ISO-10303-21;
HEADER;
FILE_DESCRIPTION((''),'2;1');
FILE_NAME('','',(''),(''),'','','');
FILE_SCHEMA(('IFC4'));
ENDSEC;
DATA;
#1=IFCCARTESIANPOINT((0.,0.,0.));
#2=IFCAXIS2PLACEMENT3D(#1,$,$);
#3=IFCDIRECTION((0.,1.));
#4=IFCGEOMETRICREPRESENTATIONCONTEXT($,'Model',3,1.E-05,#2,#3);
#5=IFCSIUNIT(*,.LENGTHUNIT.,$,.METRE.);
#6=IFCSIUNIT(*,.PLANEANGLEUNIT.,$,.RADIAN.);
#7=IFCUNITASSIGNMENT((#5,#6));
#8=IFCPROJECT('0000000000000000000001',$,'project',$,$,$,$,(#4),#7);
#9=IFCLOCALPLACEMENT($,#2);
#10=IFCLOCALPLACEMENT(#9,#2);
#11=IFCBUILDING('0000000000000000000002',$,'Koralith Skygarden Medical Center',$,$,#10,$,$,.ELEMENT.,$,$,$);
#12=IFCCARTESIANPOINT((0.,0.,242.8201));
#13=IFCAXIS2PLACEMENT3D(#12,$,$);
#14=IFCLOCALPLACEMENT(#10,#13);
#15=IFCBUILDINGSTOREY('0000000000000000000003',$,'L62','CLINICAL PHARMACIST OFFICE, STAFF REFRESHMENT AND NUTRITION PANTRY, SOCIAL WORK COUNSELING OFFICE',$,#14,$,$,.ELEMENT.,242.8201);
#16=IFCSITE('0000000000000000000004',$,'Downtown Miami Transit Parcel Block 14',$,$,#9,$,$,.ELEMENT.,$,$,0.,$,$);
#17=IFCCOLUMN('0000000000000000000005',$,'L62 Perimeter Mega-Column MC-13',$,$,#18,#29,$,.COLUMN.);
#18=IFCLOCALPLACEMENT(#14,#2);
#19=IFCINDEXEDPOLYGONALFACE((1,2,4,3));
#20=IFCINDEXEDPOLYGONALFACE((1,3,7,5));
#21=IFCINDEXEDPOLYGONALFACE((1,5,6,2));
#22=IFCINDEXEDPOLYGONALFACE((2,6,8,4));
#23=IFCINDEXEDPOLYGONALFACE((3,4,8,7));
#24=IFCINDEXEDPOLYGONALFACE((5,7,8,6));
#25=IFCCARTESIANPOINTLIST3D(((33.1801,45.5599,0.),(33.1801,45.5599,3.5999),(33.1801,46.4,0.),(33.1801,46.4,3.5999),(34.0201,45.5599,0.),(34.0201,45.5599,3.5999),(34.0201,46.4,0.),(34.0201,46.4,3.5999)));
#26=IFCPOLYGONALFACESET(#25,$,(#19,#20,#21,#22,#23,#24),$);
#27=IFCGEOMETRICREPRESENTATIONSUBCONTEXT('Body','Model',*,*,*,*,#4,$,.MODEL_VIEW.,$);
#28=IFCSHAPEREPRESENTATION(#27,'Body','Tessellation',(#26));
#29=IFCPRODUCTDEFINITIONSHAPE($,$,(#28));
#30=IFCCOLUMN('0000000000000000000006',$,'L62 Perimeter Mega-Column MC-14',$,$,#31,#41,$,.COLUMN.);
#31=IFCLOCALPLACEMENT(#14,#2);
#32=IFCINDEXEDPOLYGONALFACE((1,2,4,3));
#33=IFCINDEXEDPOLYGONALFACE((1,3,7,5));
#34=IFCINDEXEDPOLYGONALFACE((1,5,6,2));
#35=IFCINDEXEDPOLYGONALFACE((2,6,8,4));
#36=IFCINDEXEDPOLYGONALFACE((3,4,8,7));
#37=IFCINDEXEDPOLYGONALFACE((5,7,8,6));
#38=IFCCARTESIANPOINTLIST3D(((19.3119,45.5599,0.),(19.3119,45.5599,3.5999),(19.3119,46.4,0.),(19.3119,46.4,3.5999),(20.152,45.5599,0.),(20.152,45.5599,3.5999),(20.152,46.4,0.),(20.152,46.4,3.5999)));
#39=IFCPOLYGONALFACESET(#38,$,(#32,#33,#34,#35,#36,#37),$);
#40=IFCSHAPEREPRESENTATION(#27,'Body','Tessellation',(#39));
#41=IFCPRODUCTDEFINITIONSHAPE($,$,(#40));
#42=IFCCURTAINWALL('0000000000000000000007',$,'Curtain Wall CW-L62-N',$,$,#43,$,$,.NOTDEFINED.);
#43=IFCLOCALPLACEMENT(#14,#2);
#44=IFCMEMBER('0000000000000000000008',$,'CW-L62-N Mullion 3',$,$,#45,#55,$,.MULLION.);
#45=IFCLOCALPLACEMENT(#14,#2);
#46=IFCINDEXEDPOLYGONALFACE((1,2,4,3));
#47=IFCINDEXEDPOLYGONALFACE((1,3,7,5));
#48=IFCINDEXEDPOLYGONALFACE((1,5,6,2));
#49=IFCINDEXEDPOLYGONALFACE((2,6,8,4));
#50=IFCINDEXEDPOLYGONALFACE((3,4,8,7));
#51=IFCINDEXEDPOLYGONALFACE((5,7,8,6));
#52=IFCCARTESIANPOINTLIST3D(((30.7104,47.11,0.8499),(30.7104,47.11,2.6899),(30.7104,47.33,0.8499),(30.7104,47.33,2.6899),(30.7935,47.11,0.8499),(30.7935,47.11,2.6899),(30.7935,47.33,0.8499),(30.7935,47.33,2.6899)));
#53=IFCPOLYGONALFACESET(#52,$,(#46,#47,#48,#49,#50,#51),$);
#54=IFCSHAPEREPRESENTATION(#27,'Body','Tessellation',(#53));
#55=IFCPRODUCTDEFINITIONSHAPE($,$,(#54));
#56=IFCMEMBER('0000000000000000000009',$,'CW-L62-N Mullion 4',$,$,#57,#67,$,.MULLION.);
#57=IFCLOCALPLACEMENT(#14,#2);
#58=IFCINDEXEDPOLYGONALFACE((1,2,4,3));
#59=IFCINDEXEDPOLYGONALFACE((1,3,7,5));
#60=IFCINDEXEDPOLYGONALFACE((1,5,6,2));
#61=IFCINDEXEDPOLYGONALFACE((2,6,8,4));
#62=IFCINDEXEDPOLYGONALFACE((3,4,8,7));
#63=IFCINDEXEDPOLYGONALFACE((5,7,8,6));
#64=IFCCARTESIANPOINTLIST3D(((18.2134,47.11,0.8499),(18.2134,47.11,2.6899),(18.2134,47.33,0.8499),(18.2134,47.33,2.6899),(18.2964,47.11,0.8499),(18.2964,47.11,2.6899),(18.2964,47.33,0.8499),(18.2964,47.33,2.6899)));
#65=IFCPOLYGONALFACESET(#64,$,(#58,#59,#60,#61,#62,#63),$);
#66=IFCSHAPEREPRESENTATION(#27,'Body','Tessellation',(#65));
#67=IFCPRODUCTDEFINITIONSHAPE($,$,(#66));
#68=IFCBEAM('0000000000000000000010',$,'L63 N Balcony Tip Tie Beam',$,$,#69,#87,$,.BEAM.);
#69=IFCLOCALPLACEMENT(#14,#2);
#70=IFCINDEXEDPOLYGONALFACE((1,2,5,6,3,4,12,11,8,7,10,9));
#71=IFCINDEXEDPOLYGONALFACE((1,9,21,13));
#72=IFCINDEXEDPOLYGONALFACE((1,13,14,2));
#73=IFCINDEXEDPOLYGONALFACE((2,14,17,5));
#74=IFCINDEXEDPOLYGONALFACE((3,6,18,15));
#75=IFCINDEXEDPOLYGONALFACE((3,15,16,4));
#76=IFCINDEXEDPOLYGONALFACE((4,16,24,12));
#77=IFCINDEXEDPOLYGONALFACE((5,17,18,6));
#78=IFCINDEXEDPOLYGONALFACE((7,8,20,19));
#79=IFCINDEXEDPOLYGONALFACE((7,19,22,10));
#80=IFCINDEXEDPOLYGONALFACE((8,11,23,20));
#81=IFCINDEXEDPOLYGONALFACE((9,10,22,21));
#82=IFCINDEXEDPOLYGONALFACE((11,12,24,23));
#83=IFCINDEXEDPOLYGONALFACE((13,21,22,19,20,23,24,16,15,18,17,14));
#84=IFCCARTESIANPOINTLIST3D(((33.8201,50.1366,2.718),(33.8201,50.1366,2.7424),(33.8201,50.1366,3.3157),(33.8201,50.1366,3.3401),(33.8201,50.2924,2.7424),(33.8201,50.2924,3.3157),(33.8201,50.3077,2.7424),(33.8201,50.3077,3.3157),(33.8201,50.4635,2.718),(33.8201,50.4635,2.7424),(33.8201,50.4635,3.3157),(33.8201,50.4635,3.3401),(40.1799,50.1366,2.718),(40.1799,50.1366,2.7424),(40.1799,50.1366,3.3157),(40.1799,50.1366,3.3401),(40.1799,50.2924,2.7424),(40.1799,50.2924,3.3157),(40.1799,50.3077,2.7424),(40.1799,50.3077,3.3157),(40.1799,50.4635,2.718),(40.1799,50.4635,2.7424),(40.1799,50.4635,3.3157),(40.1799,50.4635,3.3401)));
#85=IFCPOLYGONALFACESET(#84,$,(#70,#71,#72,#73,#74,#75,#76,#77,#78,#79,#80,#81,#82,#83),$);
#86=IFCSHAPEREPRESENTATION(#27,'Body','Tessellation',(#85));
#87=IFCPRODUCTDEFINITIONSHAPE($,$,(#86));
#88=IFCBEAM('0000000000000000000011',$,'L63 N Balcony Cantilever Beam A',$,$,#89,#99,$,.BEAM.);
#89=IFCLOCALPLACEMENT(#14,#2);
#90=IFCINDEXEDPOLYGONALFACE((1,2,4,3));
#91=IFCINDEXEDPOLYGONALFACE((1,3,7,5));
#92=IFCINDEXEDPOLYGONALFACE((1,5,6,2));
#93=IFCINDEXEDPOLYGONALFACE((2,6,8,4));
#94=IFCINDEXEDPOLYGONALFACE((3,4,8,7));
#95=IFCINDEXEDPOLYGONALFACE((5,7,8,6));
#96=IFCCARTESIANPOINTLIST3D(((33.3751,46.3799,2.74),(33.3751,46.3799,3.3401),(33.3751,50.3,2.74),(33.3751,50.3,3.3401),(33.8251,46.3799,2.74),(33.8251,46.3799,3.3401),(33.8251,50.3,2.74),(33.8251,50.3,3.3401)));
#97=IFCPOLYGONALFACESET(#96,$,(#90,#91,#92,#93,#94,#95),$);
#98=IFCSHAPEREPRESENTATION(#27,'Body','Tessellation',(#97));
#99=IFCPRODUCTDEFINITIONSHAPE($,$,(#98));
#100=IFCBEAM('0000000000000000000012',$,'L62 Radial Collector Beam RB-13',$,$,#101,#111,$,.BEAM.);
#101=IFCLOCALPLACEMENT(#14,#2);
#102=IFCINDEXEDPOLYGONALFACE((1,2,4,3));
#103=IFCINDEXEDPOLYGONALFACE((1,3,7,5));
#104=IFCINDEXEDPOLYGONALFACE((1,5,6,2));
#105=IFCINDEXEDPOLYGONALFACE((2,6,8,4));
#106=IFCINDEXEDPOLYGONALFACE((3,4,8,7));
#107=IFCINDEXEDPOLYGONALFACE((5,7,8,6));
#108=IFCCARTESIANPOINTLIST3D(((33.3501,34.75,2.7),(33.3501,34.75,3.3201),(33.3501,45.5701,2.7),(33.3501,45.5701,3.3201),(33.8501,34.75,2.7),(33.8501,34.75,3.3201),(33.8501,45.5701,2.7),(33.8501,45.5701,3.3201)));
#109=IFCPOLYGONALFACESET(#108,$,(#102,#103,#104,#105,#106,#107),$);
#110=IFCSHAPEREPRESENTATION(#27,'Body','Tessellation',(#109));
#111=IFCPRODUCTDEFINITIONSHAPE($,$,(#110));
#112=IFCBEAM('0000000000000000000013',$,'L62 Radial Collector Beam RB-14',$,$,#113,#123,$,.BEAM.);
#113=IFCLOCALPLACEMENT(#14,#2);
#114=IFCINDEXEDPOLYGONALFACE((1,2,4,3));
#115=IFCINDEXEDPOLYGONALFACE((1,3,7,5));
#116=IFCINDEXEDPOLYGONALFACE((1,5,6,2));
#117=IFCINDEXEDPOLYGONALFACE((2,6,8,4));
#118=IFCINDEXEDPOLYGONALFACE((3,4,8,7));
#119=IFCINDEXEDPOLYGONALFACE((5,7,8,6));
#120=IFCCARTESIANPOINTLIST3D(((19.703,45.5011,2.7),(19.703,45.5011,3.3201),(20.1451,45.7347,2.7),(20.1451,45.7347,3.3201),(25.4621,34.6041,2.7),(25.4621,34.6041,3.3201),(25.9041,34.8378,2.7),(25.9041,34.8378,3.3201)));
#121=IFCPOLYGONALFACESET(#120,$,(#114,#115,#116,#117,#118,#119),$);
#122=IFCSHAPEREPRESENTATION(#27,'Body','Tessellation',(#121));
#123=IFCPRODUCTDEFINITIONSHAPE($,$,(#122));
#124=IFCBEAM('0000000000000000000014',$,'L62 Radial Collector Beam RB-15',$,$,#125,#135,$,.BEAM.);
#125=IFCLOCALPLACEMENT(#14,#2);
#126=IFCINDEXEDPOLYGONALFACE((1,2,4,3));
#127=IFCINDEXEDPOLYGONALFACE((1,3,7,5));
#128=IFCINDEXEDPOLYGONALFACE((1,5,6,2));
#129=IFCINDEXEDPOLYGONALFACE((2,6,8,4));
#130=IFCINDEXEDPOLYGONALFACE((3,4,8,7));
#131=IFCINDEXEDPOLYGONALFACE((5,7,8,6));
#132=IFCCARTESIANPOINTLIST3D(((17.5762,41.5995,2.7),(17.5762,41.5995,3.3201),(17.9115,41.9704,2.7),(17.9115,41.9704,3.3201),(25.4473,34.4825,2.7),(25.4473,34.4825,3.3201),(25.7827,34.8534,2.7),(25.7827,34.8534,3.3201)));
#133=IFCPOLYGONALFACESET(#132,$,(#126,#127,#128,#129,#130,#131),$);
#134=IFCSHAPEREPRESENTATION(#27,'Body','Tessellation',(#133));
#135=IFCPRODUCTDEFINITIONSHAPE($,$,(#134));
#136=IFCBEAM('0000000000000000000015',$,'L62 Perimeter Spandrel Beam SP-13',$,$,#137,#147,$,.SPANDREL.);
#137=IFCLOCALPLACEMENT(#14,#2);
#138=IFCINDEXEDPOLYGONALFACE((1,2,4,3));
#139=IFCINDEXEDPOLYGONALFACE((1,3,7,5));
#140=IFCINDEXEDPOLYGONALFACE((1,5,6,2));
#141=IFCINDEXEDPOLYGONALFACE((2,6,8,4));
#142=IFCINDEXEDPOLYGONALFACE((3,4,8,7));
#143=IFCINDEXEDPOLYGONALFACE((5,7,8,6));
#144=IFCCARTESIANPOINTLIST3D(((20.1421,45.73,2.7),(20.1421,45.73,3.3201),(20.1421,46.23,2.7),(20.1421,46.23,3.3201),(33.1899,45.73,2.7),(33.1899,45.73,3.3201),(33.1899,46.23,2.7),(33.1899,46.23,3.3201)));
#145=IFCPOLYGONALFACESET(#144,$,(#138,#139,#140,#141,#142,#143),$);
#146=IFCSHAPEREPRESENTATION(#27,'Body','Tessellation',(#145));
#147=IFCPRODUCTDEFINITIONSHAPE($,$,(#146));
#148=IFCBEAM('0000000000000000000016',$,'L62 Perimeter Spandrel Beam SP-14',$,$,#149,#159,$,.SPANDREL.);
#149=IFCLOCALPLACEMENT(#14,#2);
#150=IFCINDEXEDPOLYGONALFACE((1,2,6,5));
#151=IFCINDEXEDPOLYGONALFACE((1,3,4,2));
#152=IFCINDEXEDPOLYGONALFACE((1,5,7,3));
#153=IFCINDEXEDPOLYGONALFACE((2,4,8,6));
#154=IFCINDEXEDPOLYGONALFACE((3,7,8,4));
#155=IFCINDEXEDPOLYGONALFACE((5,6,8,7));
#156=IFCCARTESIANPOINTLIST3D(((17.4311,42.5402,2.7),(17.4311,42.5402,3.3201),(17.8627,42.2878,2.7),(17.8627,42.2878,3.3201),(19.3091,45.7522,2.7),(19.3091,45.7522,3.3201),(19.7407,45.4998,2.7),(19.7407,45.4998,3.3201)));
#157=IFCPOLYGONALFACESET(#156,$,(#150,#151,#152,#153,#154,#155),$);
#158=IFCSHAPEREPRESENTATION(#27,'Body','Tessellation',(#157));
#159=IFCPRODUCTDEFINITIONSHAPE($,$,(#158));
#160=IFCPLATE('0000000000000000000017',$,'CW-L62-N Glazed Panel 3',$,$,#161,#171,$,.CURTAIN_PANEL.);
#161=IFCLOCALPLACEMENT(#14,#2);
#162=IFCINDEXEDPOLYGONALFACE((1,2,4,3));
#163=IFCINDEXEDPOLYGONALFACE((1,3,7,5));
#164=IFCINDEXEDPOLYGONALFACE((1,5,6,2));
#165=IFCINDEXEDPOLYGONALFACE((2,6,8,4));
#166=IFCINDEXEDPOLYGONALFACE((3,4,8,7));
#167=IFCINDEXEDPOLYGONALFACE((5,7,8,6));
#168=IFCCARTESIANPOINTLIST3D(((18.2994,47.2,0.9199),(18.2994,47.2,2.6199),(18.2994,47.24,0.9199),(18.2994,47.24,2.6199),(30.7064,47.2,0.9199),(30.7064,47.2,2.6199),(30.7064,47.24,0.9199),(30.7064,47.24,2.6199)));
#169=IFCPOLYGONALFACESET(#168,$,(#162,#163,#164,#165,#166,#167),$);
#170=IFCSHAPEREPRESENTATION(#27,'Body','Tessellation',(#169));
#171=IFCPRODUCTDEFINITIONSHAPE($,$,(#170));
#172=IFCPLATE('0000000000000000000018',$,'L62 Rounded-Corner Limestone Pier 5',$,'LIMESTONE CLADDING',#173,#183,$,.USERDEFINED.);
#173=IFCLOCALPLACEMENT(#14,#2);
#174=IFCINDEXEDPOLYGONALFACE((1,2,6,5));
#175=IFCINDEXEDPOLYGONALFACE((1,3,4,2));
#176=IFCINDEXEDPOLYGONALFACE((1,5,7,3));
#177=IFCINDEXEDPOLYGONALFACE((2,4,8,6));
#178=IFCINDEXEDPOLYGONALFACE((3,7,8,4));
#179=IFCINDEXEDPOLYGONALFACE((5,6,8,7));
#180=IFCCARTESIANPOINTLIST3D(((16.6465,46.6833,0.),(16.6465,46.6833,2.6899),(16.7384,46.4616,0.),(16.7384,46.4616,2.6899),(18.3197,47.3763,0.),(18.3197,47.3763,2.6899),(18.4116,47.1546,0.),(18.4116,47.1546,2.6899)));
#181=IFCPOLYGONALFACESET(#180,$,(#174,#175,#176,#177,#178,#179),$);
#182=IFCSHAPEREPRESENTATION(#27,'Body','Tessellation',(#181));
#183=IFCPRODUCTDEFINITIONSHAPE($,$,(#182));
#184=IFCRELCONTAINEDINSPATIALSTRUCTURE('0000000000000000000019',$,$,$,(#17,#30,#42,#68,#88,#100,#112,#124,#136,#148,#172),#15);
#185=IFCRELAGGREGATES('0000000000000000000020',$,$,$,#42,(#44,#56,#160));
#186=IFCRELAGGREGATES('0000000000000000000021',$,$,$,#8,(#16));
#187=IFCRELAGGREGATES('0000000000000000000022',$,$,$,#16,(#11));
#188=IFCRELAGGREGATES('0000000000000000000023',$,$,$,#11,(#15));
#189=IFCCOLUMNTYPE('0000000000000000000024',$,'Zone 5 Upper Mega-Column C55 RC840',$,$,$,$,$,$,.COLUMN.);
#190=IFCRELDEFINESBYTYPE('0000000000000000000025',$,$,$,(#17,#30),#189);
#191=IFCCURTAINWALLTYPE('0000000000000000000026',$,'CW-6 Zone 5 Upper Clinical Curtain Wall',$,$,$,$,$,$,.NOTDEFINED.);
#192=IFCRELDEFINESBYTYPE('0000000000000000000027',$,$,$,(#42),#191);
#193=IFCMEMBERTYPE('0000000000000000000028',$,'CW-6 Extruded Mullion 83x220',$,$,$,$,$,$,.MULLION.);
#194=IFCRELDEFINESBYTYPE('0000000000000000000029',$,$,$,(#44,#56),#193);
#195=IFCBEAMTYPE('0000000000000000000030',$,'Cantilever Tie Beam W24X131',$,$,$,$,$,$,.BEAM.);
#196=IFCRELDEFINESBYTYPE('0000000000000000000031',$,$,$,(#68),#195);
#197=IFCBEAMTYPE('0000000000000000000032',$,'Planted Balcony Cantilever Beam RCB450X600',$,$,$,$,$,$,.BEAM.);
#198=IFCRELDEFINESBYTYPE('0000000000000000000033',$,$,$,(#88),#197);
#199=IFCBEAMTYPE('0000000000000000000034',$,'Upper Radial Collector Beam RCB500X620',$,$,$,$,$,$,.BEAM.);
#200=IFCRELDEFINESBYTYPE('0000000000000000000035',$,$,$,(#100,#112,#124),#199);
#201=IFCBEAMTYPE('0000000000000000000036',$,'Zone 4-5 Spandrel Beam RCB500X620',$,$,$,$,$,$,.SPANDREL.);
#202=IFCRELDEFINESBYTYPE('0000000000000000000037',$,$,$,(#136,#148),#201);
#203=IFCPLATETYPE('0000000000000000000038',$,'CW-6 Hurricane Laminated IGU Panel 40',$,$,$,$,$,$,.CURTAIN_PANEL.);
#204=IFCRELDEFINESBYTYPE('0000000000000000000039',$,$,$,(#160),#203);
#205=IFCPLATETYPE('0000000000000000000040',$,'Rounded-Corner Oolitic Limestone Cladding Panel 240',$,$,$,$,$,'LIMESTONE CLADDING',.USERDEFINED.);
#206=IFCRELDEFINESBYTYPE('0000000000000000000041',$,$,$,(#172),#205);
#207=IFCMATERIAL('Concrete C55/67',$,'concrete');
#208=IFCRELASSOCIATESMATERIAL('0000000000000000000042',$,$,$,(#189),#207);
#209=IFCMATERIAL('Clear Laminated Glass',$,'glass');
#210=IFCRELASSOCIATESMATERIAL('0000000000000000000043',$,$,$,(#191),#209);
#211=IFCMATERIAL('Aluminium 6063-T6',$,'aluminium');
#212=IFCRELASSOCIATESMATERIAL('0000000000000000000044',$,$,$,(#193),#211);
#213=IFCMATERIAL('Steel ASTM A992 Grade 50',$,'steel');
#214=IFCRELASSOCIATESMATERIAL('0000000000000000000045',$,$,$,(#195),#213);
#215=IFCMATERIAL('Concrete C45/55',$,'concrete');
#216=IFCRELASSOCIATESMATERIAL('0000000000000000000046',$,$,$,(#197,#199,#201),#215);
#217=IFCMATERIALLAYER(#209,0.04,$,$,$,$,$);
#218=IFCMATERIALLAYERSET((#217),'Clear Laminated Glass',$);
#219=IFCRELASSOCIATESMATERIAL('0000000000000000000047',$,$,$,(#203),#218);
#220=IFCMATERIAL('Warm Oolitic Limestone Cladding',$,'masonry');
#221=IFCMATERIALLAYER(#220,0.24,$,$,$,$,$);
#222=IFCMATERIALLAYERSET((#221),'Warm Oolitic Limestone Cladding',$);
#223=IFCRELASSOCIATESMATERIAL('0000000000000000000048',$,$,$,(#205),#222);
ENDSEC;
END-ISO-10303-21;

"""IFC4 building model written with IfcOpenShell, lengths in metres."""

from ifc_helpers import new_model, si_unit, direction, frame, origin, origin_2d, place, context, subcontext, project, spatial, rectangle, i_section, extrude, material, layer, layer_set, material_profile, profile_set, type_object, element, aggregate, save


model = new_model("IFC4")

# Units and contexts
model_context = context("Model", 3, precision=1e-05, world=origin(), true_north=direction((0.0, 1.0)))
body_context = subcontext(model_context, "Body", "Model", "MODEL_VIEW")
ifc_project = project(units=[si_unit("LENGTHUNIT", "METRE"), si_unit("PLANEANGLEUNIT", "RADIAN")], contexts=[model_context])

# Site, building, storey
site_placement = place(None, origin())
site = spatial("IfcSite", under=ifc_project, at=site_placement, Name="Downtown Miami Transit Parcel Block 14", CompositionType="ELEMENT", RefElevation=0.0)
building_placement = place(site_placement, origin())
building = spatial("IfcBuilding", under=site, at=building_placement, Name="Koralith Skygarden Medical Center", CompositionType="ELEMENT")
storey_placement = place(building_placement, frame((0.0, 0.0, 242.8201)))
storey = spatial("IfcBuildingStorey", under=building, at=storey_placement, Name="L62", Description="CLINICAL PHARMACIST OFFICE, STAFF REFRESHMENT AND NUTRITION PANTRY, SOCIAL WORK COUNSELING OFFICE", CompositionType="ELEMENT", Elevation=242.8201)

# Columns
ifc_material_1 = material(Name="Concrete C55/67", Category="concrete")
ifc_material_profile_1 = material_profile(ifc_material_1, rectangle(XDim=0.8401, YDim=0.8401, at=origin_2d()), Name="RC840X840")
ifc_profile_set_1 = profile_set([ifc_material_profile_1], Name="Concrete C55/67")
column_type = type_object("IfcColumnType", Name="Zone 5 Upper Mega-Column C55 RC840", PredefinedType="COLUMN", material=ifc_profile_set_1)
for number, where, z_axis, x_axis, name in (
    (1, (33.6001, 45.98, 0.0), (0.0, 0.0, 1.0), (1.0, 0.0, 0.0), "L62 Perimeter Mega-Column MC-13"),
    (2, (19.7319, 45.98, 0.0), (0.0, 0.0, 1.0), (1.0, 0.0, 0.0), "L62 Perimeter Mega-Column MC-14"),
):
    element("IfcColumn", number, at=place(storey_placement, frame(where, z_axis=z_axis, x_axis=x_axis)), inside=storey, type_object=column_type, Name=name, PredefinedType="COLUMN", context=body_context, shape_type="SweptSolid", body=[
        extrude(rectangle(XDim=0.8401, YDim=0.8401, at=origin_2d()), origin(), (0.0, 0.0, 1.0), 3.5999),
    ])

# Curtain wall, members
ifc_material_2 = material(Name="Clear Laminated Glass", Category="glass")
curtain_wall_type = type_object("IfcCurtainWallType", Name="CW-6 Zone 5 Upper Clinical Curtain Wall", PredefinedType="NOTDEFINED", material=ifc_material_2)
curtain_wall_placement = place(storey_placement, origin())
curtain_wall = element("IfcCurtainWall", 3, at=curtain_wall_placement, inside=storey, type_object=curtain_wall_type, Name="Curtain Wall CW-L62-N", PredefinedType="NOTDEFINED")
ifc_material_3 = material(Name="Aluminium 6063-T6", Category="aluminium")
ifc_material_profile_2 = material_profile(ifc_material_3, rectangle(XDim=0.083, YDim=0.22, at=origin_2d()), Name="MUL83X220")
ifc_profile_set_2 = profile_set([ifc_material_profile_2], Name="Aluminium 6063-T6")
member_type = type_object("IfcMemberType", Name="CW-6 Extruded Mullion 83x220", PredefinedType="MULLION", material=ifc_profile_set_2)
member_1_placement = place(storey_placement, frame((30.752, 47.22, 0.8499), z_axis=(0.0, 0.0, 1.0), x_axis=(1.0, 0.0, 0.0)))
member_1 = element("IfcMember", 4, at=member_1_placement, type_object=member_type, Name="CW-L62-N Mullion 3", PredefinedType="MULLION", context=body_context, shape_type="SweptSolid", body=[
    extrude(rectangle(XDim=0.083, YDim=0.22, at=origin_2d()), origin(), (0.0, 0.0, 1.0), 1.8401),
])
member_2_placement = place(storey_placement, frame((18.2549, 47.22, 0.8499), z_axis=(0.0, 0.0, 1.0), x_axis=(1.0, 0.0, 0.0)))
member_2 = element("IfcMember", 5, at=member_2_placement, type_object=member_type, Name="CW-L62-N Mullion 4", PredefinedType="MULLION", context=body_context, shape_type="SweptSolid", body=[
    extrude(rectangle(XDim=0.083, YDim=0.22, at=origin_2d()), origin(), (0.0, 0.0, 1.0), 1.8401),
])

# Beams
ifc_material_4 = material(Name="Steel ASTM A992 Grade 50", Category="steel")
ifc_material_profile_3 = material_profile(ifc_material_4, i_section(OverallWidth=0.3269, OverallDepth=0.6221, WebThickness=0.0154, FlangeThickness=0.0244, at=origin_2d()), Name="W24X131")
ifc_profile_set_3 = profile_set([ifc_material_profile_3], Name="Steel ASTM A992 Grade 50")
beam_type_1 = type_object("IfcBeamType", Name="Cantilever Tie Beam W24X131", PredefinedType="BEAM", material=ifc_profile_set_3)
beam_1_placement = place(storey_placement, frame((33.8201, 50.3, 3.0291), z_axis=(1.0, 0.0, 0.0), x_axis=(0.0, 1.0, 0.0)))
element("IfcBeam", 6, at=beam_1_placement, inside=storey, type_object=beam_type_1, Name="L63 N Balcony Tip Tie Beam", PredefinedType="BEAM", context=body_context, shape_type="SweptSolid", body=[
    extrude(i_section(OverallWidth=0.3269, OverallDepth=0.6221, WebThickness=0.0154, FlangeThickness=0.0244, at=origin_2d()), origin(), (0.0, 0.0, 1.0), 6.3599),
])
ifc_material_5 = material(Name="Concrete C45/55", Category="concrete")
ifc_material_profile_4 = material_profile(ifc_material_5, rectangle(XDim=0.45, YDim=0.6001, at=origin_2d()), Name="RCB450X600")
ifc_profile_set_4 = profile_set([ifc_material_profile_4], Name="Concrete C45/55")
beam_type_2 = type_object("IfcBeamType", Name="Planted Balcony Cantilever Beam RCB450X600", PredefinedType="BEAM", material=ifc_profile_set_4)
beam_2_placement = place(storey_placement, frame((33.6001, 46.3799, 3.04), z_axis=(0.0, 1.0, 0.0), x_axis=(-1.0, 0.0, 0.0)))
element("IfcBeam", 7, at=beam_2_placement, inside=storey, type_object=beam_type_2, Name="L63 N Balcony Cantilever Beam A", PredefinedType="BEAM", context=body_context, shape_type="SweptSolid", body=[
    extrude(rectangle(XDim=0.45, YDim=0.6001, at=origin_2d()), origin(), (0.0, 0.0, 1.0), 3.9202),
])
ifc_material_profile_5 = material_profile(ifc_material_5, rectangle(XDim=0.5, YDim=0.6201, at=origin_2d()), Name="RCB500X620")
ifc_profile_set_5 = profile_set([ifc_material_profile_5], Name="Concrete C45/55")
beam_type_3 = type_object("IfcBeamType", Name="Upper Radial Collector Beam RCB500X620", PredefinedType="BEAM", material=ifc_profile_set_5)
beam_3_placement = place(storey_placement, frame((33.6001, 34.75, 3.01), z_axis=(0.0, 1.0, 0.0), x_axis=(-1.0, 0.0, 0.0)))
element("IfcBeam", 8, at=beam_3_placement, inside=storey, type_object=beam_type_3, Name="L62 Radial Collector Beam RB-13", PredefinedType="BEAM", context=body_context, shape_type="SweptSolid", body=[
    extrude(rectangle(XDim=0.5, YDim=0.6201, at=origin_2d()), origin(), (0.0, 0.0, 1.0), 10.8201),
])
beam_4_placement = place(storey_placement, frame((25.6831, 34.7209, 3.01), z_axis=(-0.467257, 0.884122, 0.0), x_axis=(-0.884122, -0.467257, 0.0)))
element("IfcBeam", 9, at=beam_4_placement, inside=storey, type_object=beam_type_3, Name="L62 Radial Collector Beam RB-14", PredefinedType="BEAM", context=body_context, shape_type="SweptSolid", body=[
    extrude(rectangle(XDim=0.5, YDim=0.6201, at=origin_2d()), origin(), (0.0, 0.0, 1.0), 12.3252),
])
beam_5_placement = place(storey_placement, frame((25.615, 34.668, 3.01), z_axis=(-0.741748, 0.670679, 0.0), x_axis=(-0.670679, -0.741748, 0.0)))
element("IfcBeam", 10, at=beam_5_placement, inside=storey, type_object=beam_type_3, Name="L62 Radial Collector Beam RB-15", PredefinedType="BEAM", context=body_context, shape_type="SweptSolid", body=[
    extrude(rectangle(XDim=0.5, YDim=0.6201, at=origin_2d()), origin(), (0.0, 0.0, 1.0), 10.6116),
])
ifc_material_profile_6 = material_profile(ifc_material_5, rectangle(XDim=0.5, YDim=0.6201, at=origin_2d()), Name="RCB500X620")
ifc_profile_set_6 = profile_set([ifc_material_profile_6], Name="Concrete C45/55")
beam_type_4 = type_object("IfcBeamType", Name="Zone 4-5 Spandrel Beam RCB500X620", PredefinedType="SPANDREL", material=ifc_profile_set_6)
beam_6_placement = place(storey_placement, frame((33.1899, 45.98, 3.01), z_axis=(-1.0, 0.0, 0.0), x_axis=(0.0, -1.0, 0.0)))
element("IfcBeam", 11, at=beam_6_placement, inside=storey, type_object=beam_type_4, Name="L62 Perimeter Spandrel Beam SP-13", PredefinedType="SPANDREL", context=body_context, shape_type="SweptSolid", body=[
    extrude(rectangle(XDim=0.5, YDim=0.6201, at=origin_2d()), origin(), (0.0, 0.0, 1.0), 13.0479),
])
beam_7_placement = place(storey_placement, frame((19.5249, 45.626, 3.01), z_axis=(-0.504736, -0.863274, 0.0), x_axis=(0.863274, -0.504736, 0.0)))
element("IfcBeam", 12, at=beam_7_placement, inside=storey, type_object=beam_type_4, Name="L62 Perimeter Spandrel Beam SP-14", PredefinedType="SPANDREL", context=body_context, shape_type="SweptSolid", body=[
    extrude(rectangle(XDim=0.5, YDim=0.6201, at=origin_2d()), origin(), (0.0, 0.0, 1.0), 3.7207),
])

# Plates
ifc_layer_1 = layer(ifc_material_2, 0.04)
ifc_layer_set_1 = layer_set([ifc_layer_1], Name="Clear Laminated Glass")
plate_type_1 = type_object("IfcPlateType", Name="CW-6 Hurricane Laminated IGU Panel 40", PredefinedType="CURTAIN_PANEL", material=ifc_layer_set_1)
plate_1_placement = place(storey_placement, frame((24.5029, 47.22, 0.9199), z_axis=(0.0, 0.0, 1.0), x_axis=(-1.0, 0.0, 0.0)))
plate_1 = element("IfcPlate", 13, at=plate_1_placement, type_object=plate_type_1, Name="CW-L62-N Glazed Panel 3", PredefinedType="CURTAIN_PANEL", context=body_context, shape_type="SweptSolid", body=[
    extrude(rectangle(XDim=12.407, YDim=0.04, at=origin_2d()), origin(), (0.0, 0.0, 1.0), 1.7),
])
aggregate(curtain_wall, [member_1, member_2, plate_1])
ifc_material_6 = material(Name="Warm Oolitic Limestone Cladding", Category="masonry")
ifc_layer_2 = layer(ifc_material_6, 0.24)
ifc_layer_set_2 = layer_set([ifc_layer_2], Name="Warm Oolitic Limestone Cladding")
plate_type_2 = type_object("IfcPlateType", Name="Rounded-Corner Oolitic Limestone Cladding Panel 240", ElementType="LIMESTONE CLADDING", PredefinedType="USERDEFINED", material=ifc_layer_set_2)
plate_2_placement = place(storey_placement, frame((17.5291, 46.9189, 0.0), z_axis=(0.0, 0.0, 1.0), x_axis=(-0.923885, -0.382671, 0.0)))
element("IfcPlate", 14, at=plate_2_placement, inside=storey, type_object=plate_type_2, Name="L62 Rounded-Corner Limestone Pier 5", ObjectType="LIMESTONE CLADDING", PredefinedType="USERDEFINED", context=body_context, shape_type="SweptSolid", body=[
    extrude(rectangle(XDim=1.811, YDim=0.24, at=origin_2d()), origin(), (0.0, 0.0, 1.0), 2.6899),
])

save(model, "model.ifc")
